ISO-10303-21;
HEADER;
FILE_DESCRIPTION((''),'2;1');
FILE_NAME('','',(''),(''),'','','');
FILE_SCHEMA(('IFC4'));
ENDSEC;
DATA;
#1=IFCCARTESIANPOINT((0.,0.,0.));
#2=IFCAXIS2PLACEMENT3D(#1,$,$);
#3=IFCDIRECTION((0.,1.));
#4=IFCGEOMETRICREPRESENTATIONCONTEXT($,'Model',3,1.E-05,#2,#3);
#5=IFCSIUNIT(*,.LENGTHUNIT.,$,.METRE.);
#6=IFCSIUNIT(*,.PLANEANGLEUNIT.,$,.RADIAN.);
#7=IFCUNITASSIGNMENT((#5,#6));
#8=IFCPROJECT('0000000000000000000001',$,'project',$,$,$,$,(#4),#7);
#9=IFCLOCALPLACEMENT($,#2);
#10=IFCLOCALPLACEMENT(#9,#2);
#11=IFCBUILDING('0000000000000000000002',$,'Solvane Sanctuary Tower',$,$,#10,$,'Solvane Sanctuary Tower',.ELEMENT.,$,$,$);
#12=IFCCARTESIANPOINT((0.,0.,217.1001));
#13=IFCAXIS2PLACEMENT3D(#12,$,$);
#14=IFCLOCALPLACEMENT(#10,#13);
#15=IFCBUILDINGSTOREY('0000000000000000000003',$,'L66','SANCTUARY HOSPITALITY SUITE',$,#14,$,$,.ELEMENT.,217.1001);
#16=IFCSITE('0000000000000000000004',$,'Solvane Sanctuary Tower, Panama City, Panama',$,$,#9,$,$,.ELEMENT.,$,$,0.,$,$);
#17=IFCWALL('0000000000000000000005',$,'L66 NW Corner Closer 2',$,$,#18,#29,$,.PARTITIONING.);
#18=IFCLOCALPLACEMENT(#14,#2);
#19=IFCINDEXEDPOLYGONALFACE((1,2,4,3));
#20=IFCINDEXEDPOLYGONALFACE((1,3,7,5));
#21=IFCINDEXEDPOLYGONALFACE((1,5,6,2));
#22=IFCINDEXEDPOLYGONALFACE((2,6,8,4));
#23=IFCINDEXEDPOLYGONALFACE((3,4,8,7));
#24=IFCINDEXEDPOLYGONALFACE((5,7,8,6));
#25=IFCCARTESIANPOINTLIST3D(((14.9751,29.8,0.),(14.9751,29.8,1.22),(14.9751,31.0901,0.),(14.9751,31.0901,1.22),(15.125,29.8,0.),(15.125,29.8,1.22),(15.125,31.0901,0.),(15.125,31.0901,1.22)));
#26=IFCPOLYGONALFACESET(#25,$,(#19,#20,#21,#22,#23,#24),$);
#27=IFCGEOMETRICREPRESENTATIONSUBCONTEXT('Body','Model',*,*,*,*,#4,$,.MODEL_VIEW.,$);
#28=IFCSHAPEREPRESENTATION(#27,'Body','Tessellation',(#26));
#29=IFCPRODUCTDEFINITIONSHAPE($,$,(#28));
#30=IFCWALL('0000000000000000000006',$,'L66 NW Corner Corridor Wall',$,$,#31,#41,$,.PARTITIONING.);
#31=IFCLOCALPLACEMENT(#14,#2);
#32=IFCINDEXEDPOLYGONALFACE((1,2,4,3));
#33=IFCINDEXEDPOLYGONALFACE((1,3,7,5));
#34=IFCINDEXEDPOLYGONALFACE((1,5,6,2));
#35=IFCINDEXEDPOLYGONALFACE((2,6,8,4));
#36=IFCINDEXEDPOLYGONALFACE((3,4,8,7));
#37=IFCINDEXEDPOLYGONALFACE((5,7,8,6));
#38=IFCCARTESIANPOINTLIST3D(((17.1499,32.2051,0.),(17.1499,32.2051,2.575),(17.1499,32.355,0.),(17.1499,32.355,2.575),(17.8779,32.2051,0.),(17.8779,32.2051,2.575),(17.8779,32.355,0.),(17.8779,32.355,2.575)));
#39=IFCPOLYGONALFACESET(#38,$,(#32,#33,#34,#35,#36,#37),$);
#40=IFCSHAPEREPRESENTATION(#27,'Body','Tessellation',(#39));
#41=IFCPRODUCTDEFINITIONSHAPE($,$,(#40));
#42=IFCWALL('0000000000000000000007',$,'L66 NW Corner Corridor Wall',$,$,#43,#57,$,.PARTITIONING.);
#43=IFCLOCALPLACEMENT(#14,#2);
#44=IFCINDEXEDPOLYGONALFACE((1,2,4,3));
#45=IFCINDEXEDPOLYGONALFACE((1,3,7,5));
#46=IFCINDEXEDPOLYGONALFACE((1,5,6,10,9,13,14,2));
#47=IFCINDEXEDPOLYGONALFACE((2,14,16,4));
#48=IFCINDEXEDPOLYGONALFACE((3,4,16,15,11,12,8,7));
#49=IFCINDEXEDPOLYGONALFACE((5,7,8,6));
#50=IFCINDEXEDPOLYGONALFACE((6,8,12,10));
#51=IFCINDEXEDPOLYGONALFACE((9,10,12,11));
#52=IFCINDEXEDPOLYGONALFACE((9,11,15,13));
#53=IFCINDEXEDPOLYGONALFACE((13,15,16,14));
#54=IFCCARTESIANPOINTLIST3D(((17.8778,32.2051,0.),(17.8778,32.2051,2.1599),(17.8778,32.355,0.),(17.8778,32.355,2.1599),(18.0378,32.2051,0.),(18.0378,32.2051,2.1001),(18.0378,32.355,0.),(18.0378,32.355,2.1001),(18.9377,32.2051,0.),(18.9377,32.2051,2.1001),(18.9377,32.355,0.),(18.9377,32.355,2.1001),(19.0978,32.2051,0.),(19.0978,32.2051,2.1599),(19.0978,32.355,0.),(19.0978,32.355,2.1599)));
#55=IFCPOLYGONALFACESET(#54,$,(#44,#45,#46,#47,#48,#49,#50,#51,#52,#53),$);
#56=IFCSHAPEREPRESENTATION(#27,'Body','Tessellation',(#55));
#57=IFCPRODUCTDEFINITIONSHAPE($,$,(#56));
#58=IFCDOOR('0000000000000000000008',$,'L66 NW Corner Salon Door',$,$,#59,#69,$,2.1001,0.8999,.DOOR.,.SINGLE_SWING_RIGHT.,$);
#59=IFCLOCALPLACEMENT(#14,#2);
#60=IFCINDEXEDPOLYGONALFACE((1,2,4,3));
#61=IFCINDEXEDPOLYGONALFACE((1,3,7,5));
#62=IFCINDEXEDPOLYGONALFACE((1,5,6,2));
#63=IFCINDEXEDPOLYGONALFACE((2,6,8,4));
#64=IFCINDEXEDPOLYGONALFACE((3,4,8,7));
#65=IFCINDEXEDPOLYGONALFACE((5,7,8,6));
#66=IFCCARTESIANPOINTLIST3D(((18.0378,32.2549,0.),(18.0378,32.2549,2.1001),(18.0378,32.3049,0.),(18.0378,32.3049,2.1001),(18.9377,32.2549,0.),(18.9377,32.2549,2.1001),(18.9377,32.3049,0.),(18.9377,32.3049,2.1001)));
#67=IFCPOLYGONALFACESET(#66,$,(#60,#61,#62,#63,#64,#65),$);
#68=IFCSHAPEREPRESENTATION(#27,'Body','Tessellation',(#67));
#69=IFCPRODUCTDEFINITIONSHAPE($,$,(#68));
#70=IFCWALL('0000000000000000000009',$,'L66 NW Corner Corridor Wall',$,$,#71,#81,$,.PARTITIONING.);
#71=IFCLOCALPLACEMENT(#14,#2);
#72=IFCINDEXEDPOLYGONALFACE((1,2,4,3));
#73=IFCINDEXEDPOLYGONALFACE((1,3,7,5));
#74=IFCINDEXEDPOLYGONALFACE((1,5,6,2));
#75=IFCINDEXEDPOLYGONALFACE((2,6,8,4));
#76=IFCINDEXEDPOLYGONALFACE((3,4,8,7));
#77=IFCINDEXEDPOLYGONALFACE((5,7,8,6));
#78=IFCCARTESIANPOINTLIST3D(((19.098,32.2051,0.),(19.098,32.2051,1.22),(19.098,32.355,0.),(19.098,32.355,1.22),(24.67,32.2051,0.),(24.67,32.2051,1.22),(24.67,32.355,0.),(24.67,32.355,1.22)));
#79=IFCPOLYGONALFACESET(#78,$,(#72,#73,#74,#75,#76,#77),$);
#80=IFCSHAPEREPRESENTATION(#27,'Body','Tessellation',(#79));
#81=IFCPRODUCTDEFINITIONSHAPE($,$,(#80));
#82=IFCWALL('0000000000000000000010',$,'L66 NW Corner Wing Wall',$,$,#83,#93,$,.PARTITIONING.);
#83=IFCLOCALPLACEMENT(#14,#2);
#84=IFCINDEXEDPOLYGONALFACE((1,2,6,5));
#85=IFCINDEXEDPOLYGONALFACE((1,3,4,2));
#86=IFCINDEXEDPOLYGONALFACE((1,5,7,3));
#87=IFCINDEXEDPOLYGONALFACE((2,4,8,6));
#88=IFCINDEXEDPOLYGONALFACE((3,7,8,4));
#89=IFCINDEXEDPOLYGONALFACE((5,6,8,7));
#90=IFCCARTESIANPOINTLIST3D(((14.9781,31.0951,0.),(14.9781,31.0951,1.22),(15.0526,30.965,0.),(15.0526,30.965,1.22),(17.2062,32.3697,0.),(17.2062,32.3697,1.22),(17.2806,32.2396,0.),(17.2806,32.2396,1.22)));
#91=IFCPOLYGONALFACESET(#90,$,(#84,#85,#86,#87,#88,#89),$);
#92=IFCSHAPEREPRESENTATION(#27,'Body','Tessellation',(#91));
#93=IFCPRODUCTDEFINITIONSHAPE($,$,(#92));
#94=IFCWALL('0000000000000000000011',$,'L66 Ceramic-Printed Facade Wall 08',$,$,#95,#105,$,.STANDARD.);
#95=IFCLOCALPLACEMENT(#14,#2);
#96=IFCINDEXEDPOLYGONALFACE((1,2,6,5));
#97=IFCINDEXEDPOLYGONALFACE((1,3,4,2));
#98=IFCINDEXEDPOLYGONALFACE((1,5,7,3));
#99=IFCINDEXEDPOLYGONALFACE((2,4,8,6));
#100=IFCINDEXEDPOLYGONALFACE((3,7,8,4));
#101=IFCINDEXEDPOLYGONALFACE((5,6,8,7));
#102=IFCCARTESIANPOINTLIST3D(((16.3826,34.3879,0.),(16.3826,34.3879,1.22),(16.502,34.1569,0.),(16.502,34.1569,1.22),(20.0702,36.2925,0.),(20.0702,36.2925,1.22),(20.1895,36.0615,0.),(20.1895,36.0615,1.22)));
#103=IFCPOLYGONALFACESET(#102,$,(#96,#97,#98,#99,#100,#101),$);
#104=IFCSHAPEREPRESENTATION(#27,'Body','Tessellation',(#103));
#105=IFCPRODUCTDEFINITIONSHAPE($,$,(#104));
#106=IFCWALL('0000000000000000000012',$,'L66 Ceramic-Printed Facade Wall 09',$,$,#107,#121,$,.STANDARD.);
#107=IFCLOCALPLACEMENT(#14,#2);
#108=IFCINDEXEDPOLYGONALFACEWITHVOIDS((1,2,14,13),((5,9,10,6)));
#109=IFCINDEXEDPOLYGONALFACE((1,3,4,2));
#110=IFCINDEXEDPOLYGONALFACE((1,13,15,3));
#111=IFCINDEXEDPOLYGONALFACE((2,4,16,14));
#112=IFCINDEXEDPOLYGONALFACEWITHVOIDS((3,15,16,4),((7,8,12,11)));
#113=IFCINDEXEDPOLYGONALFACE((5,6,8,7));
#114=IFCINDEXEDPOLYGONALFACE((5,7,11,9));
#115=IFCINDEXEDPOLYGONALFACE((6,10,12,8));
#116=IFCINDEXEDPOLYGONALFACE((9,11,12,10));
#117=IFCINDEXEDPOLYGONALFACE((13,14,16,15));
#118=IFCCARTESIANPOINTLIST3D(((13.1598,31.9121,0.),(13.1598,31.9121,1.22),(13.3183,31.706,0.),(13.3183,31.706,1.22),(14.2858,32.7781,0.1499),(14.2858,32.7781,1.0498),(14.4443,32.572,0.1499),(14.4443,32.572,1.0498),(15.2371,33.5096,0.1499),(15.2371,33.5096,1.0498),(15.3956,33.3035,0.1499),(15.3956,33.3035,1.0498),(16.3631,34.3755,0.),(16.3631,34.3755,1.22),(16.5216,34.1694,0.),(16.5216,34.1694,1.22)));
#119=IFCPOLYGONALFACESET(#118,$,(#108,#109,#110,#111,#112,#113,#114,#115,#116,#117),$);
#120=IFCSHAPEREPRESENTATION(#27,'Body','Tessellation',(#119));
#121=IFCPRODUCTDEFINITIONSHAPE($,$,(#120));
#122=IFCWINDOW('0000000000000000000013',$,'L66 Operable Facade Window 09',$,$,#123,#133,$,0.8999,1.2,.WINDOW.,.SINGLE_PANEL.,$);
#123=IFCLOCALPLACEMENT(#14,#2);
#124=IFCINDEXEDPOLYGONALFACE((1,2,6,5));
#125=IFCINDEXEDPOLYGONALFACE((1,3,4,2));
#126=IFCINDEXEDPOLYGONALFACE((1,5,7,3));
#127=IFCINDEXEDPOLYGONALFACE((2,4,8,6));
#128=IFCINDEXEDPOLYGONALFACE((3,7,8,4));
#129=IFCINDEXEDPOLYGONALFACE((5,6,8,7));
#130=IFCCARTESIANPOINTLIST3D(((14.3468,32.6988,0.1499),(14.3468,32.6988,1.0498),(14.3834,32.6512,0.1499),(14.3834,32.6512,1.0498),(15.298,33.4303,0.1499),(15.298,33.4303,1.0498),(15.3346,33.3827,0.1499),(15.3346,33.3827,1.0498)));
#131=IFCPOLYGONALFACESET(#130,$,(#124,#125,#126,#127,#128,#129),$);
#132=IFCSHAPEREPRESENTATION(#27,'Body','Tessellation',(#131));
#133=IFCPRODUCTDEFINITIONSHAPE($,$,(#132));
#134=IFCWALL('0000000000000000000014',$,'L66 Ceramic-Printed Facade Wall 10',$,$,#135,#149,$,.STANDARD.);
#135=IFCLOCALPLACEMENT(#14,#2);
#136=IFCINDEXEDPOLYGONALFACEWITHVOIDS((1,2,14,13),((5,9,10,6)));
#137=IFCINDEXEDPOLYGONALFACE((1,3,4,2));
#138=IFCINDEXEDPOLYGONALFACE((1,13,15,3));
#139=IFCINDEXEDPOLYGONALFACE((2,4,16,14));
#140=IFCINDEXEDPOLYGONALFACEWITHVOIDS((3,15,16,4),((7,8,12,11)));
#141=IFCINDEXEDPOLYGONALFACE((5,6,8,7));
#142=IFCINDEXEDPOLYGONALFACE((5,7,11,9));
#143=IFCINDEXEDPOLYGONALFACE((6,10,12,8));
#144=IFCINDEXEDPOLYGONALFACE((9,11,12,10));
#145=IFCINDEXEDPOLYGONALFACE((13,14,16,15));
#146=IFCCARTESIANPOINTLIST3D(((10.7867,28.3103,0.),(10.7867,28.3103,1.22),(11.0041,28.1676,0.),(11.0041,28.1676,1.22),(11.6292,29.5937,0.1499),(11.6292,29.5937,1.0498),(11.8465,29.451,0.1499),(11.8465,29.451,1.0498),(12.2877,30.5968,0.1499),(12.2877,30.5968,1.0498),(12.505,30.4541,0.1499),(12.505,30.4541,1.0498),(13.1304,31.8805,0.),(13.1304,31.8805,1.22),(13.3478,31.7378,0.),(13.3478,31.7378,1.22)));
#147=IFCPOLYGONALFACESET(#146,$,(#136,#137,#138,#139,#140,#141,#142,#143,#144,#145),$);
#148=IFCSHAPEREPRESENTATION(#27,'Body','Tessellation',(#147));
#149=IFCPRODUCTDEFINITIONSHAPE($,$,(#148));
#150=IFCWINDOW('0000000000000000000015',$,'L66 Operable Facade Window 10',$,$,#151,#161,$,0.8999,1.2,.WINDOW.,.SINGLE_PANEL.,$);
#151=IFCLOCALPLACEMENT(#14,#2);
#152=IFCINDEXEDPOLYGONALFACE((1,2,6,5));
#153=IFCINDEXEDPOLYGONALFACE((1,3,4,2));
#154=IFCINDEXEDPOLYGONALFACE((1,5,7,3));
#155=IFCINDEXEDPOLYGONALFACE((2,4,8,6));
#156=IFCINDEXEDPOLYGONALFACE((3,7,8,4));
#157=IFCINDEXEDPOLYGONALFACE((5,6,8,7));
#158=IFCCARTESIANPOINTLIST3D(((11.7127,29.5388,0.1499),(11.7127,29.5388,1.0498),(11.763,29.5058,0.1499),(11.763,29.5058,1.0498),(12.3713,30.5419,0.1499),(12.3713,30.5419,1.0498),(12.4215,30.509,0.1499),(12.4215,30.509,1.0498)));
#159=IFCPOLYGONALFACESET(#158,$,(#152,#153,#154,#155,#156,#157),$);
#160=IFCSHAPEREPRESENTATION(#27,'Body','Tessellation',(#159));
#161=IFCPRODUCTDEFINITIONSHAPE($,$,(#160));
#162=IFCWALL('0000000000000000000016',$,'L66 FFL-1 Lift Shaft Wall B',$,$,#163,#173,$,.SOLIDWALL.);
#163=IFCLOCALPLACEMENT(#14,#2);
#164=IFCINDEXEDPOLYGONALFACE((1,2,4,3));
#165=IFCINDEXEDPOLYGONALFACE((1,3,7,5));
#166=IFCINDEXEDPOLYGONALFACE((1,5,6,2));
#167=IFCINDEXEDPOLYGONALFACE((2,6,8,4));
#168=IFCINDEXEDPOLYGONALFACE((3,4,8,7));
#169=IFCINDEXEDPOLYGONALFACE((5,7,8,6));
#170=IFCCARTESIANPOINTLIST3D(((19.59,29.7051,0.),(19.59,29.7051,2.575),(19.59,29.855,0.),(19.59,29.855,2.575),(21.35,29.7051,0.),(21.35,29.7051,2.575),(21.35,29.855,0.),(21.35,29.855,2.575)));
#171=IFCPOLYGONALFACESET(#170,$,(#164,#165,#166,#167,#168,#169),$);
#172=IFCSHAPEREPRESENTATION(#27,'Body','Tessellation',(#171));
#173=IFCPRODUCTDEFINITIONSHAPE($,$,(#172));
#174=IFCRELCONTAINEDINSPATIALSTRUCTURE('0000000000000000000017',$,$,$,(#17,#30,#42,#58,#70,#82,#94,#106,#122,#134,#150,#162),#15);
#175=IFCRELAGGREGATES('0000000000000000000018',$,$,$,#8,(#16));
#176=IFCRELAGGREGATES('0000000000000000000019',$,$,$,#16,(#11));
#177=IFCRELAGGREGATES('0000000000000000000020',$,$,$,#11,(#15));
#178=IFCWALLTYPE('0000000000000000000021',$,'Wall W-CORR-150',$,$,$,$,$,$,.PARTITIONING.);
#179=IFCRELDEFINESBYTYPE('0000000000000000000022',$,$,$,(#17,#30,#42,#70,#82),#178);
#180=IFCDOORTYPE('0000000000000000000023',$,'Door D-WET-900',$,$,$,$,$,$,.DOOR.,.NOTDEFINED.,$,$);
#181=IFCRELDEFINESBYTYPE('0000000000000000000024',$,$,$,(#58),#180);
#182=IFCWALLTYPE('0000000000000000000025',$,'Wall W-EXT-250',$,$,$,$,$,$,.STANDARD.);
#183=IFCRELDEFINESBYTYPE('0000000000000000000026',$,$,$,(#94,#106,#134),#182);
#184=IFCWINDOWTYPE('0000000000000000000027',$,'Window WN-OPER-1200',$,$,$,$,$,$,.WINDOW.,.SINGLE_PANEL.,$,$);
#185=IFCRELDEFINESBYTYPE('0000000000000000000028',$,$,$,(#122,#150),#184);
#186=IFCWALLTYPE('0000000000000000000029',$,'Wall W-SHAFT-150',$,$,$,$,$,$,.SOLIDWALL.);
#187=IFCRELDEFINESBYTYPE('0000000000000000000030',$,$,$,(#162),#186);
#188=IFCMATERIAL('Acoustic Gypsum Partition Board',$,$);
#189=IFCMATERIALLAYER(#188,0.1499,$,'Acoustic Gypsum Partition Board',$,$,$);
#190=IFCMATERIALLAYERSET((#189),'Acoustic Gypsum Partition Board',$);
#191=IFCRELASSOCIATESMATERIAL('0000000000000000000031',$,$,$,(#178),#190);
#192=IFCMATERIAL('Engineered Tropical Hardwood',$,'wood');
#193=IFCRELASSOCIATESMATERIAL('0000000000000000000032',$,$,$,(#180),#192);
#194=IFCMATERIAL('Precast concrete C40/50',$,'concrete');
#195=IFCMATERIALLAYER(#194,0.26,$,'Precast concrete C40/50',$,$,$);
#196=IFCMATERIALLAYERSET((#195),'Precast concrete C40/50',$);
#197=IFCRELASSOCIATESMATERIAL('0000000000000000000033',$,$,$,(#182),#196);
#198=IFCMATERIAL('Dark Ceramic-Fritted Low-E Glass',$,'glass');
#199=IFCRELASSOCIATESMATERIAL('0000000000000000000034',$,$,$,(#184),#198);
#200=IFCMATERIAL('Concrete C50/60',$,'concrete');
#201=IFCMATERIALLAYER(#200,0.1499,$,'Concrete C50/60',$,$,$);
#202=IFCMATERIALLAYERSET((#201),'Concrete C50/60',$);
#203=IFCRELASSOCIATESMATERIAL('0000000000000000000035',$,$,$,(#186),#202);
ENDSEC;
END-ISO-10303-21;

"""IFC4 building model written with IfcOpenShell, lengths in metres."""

from ifc_helpers import new_model, si_unit, direction, frame, frame_2d, origin, place, context, subcontext, project, spatial, rectangle, extrude, material, layer, layer_set, type_object, element, fill, save


model = new_model("IFC4")

# Units and contexts
model_context = context("Model", 3, precision=1e-05, world=origin(), true_north=direction((0.0, 1.0)))
body_context = subcontext(model_context, "Body", "Model", "MODEL_VIEW")
ifc_project = project(units=[si_unit("LENGTHUNIT", "METRE"), si_unit("PLANEANGLEUNIT", "RADIAN")], contexts=[model_context])

# Site, building, storey
site_placement = place(None, origin())
site = spatial("IfcSite", under=ifc_project, at=site_placement, Name="Solvane Sanctuary Tower, Panama City, Panama", CompositionType="ELEMENT", RefElevation=0.0)
building_placement = place(site_placement, origin())
building = spatial("IfcBuilding", under=site, at=building_placement, Name="Solvane Sanctuary Tower", LongName="Solvane Sanctuary Tower", CompositionType="ELEMENT")
storey_placement = place(building_placement, frame((0.0, 0.0, 217.1001)))
storey = spatial("IfcBuildingStorey", under=building, at=storey_placement, Name="L66", Description="SANCTUARY HOSPITALITY SUITE", CompositionType="ELEMENT", Elevation=217.1001)

# Shared definitions
ifc_material_1 = material(Name="Concrete C50/60", Category="concrete")

# Walls
ifc_material_2 = material(Name="Acoustic Gypsum Partition Board")
ifc_layer_1 = layer(ifc_material_2, 0.1499, Name="Acoustic Gypsum Partition Board")
ifc_layer_set_1 = layer_set([ifc_layer_1], Name="Acoustic Gypsum Partition Board")
wall_type_1 = type_object("IfcWallType", Name="Wall W-CORR-150", PredefinedType="PARTITIONING", material=ifc_layer_set_1)
wall_1_placement = place(storey_placement, frame((15.05, 29.8, 0.0), z_axis=(0.0, 0.0, 1.0), x_axis=(0.0, 1.0, 0.0)))
element("IfcWall", 1, at=wall_1_placement, inside=storey, type_object=wall_type_1, Name="L66 NW Corner Closer 2", PredefinedType="PARTITIONING", context=body_context, shape_type="SweptSolid", body=[
    extrude(rectangle(XDim=1.29, YDim=0.1499, at=frame_2d((0.645, 0.0))), origin(), (0.0, 0.0, 1.0), 1.22),
])
wall_2_placement = place(storey_placement, frame((17.1499, 32.28, 0.0), z_axis=(0.0, 0.0, 1.0), x_axis=(1.0, 0.0, 0.0)))
element("IfcWall", 2, at=wall_2_placement, inside=storey, type_object=wall_type_1, Name="L66 NW Corner Corridor Wall", PredefinedType="PARTITIONING", context=body_context, shape_type="SweptSolid", body=[
    extrude(rectangle(XDim=0.728, YDim=0.1499, at=frame_2d((0.364, 0.0))), origin(), (0.0, 0.0, 1.0), 2.575),
])

# Wall, opening, door
wall_3_placement = place(storey_placement, frame((17.8779, 32.28, 0.0), z_axis=(0.0, 0.0, 1.0), x_axis=(1.0, 0.0, 0.0)))
wall_3 = element("IfcWall", 3, at=wall_3_placement, inside=storey, type_object=wall_type_1, Name="L66 NW Corner Corridor Wall", PredefinedType="PARTITIONING", context=body_context, shape_type="SweptSolid", body=[
    extrude(rectangle(XDim=1.22, YDim=0.1499, at=frame_2d((0.6099, 0.0))), origin(), (0.0, 0.0, 1.0), 2.1599),
])
opening_1_placement = place(wall_3_placement, frame((0.1599, 0.0, 0.0)))
opening_1 = element("IfcOpeningElement", 4, at=opening_1_placement, cuts=wall_3, PredefinedType="OPENING", context=body_context, shape_type="SweptSolid", body=[
    extrude(rectangle(XDim=0.8999, YDim=2.1001, at=frame_2d((0.45, 1.05))), frame((0.0, 0.085, 0.0), z_axis=(0.0, -1.0, 0.0), x_axis=(1.0, 0.0, 0.0)), (0.0, 0.0, 1.0), 0.1699),
])
ifc_material_3 = material(Name="Engineered Tropical Hardwood", Category="wood")
door_type_1 = type_object("IfcDoorType", Name="Door D-WET-900", OperationType="NOTDEFINED", PredefinedType="DOOR", material=ifc_material_3)
door_1_placement = place(opening_1_placement, origin())
door_1 = element("IfcDoor", 5, at=door_1_placement, inside=storey, type_object=door_type_1, Name="L66 NW Corner Salon Door", OperationType="SINGLE_SWING_RIGHT", OverallHeight=2.1001, OverallWidth=0.8999, PredefinedType="DOOR", context=body_context, shape_type="SweptSolid", body=[
    extrude(rectangle(XDim=0.8999, YDim=2.1001, at=frame_2d((0.45, 1.05))), frame((0.0, 0.0249, 0.0), z_axis=(0.0, -1.0, 0.0), x_axis=(1.0, 0.0, 0.0)), (0.0, 0.0, 1.0), 0.05),
])
fill(opening_1, door_1)

# Walls
wall_4_placement = place(storey_placement, frame((19.0979, 32.28, 0.0), z_axis=(0.0, 0.0, 1.0), x_axis=(1.0, 0.0, 0.0)))
element("IfcWall", 6, at=wall_4_placement, inside=storey, type_object=wall_type_1, Name="L66 NW Corner Corridor Wall", PredefinedType="PARTITIONING", context=body_context, shape_type="SweptSolid", body=[
    extrude(rectangle(XDim=5.572, YDim=0.1499, at=frame_2d((2.7861, 0.0))), origin(), (0.0, 0.0, 1.0), 1.22),
])
wall_5_placement = place(storey_placement, frame((17.2434, 32.3047, 0.0), z_axis=(0.0, 0.0, 1.0), x_axis=(-0.867991, -0.496579, 0.0)))
element("IfcWall", 7, at=wall_5_placement, inside=storey, type_object=wall_type_1, Name="L66 NW Corner Wing Wall", PredefinedType="PARTITIONING", context=body_context, shape_type="SweptSolid", body=[
    extrude(rectangle(XDim=2.5669, YDim=0.1499, at=frame_2d((1.2834, 0.0))), origin(), (0.0, 0.0, 1.0), 1.22),
])
ifc_material_4 = material(Name="Precast concrete C40/50", Category="concrete")
ifc_layer_2 = layer(ifc_material_4, 0.26, Name="Precast concrete C40/50")
ifc_layer_set_2 = layer_set([ifc_layer_2], Name="Precast concrete C40/50")
wall_type_2 = type_object("IfcWallType", Name="Wall W-EXT-250", PredefinedType="STANDARD", material=ifc_layer_set_2)
wall_6_placement = place(storey_placement, frame((20.1299, 36.177, 0.0), z_axis=(0.0, 0.0, 1.0), x_axis=(-0.888491, -0.458893, 0.0)))
element("IfcWall", 8, at=wall_6_placement, inside=storey, type_object=wall_type_2, Name="L66 Ceramic-Printed Facade Wall 08", PredefinedType="STANDARD", context=body_context, shape_type="SweptSolid", body=[
    extrude(rectangle(XDim=4.1504, YDim=0.26, at=frame_2d((2.0752, 0.0))), origin(), (0.0, 0.0, 1.0), 1.22),
])

# Walls, openings, windows
wall_7_placement = place(storey_placement, frame((16.4424, 34.2725, 0.0), z_axis=(0.0, 0.0, 1.0), x_axis=(-0.792714, -0.609594, 0.0)))
wall_7 = element("IfcWall", 9, at=wall_7_placement, inside=storey, type_object=wall_type_2, Name="L66 Ceramic-Printed Facade Wall 09", PredefinedType="STANDARD", context=body_context, shape_type="SweptSolid", body=[
    extrude(rectangle(XDim=4.041, YDim=0.26, at=frame_2d((2.0205, 0.0))), origin(), (0.0, 0.0, 1.0), 1.22),
])
opening_2_placement = place(wall_7_placement, frame((1.4204, 0.0, 0.1499)))
opening_2 = element("IfcOpeningElement", 10, at=opening_2_placement, cuts=wall_7, PredefinedType="OPENING", context=body_context, shape_type="SweptSolid", body=[
    extrude(rectangle(XDim=1.2, YDim=0.8999, at=frame_2d((0.6001, 0.45))), frame((0.0, 0.1399, 0.0), z_axis=(0.0, -1.0, 0.0), x_axis=(1.0, 0.0, 0.0)), (0.0, 0.0, 1.0), 0.28),
])
ifc_material_5 = material(Name="Dark Ceramic-Fritted Low-E Glass", Category="glass")
window_type = type_object("IfcWindowType", Name="Window WN-OPER-1200", PartitioningType="SINGLE_PANEL", PredefinedType="WINDOW", material=ifc_material_5)
window_1_placement = place(opening_2_placement, origin())
window_1 = element("IfcWindow", 11, at=window_1_placement, inside=storey, type_object=window_type, Name="L66 Operable Facade Window 09", OverallHeight=0.8999, OverallWidth=1.2, PartitioningType="SINGLE_PANEL", PredefinedType="WINDOW", context=body_context, shape_type="SweptSolid", body=[
    extrude(rectangle(XDim=1.2, YDim=0.8999, at=frame_2d((0.6001, 0.45))), frame((0.0, 0.03, 0.0), z_axis=(0.0, -1.0, 0.0), x_axis=(1.0, 0.0, 0.0)), (0.0, 0.0, 1.0), 0.0601),
])
fill(opening_2, window_1)
wall_8_placement = place(storey_placement, frame((13.239, 31.8091, 0.0), z_axis=(0.0, 0.0, 1.0), x_axis=(-0.548776, -0.835969, 0.0)))
wall_8 = element("IfcWall", 12, at=wall_8_placement, inside=storey, type_object=wall_type_2, Name="L66 Ceramic-Printed Facade Wall 10", PredefinedType="STANDARD", context=body_context, shape_type="SweptSolid", body=[
    extrude(rectangle(XDim=4.2708, YDim=0.26, at=frame_2d((2.1353, 0.0))), origin(), (0.0, 0.0, 1.0), 1.22),
])
opening_3_placement = place(wall_8_placement, frame((1.5354, 0.0, 0.1499)))
opening_3 = element("IfcOpeningElement", 13, at=opening_3_placement, cuts=wall_8, PredefinedType="OPENING", context=body_context, shape_type="SweptSolid", body=[
    extrude(rectangle(XDim=1.2, YDim=0.8999, at=frame_2d((0.6001, 0.45))), frame((0.0, 0.1399, 0.0), z_axis=(0.0, -1.0, 0.0), x_axis=(1.0, 0.0, 0.0)), (0.0, 0.0, 1.0), 0.28),
])
window_2_placement = place(opening_3_placement, origin())
window_2 = element("IfcWindow", 14, at=window_2_placement, inside=storey, type_object=window_type, Name="L66 Operable Facade Window 10", OverallHeight=0.8999, OverallWidth=1.2, PartitioningType="SINGLE_PANEL", PredefinedType="WINDOW", context=body_context, shape_type="SweptSolid", body=[
    extrude(rectangle(XDim=1.2, YDim=0.8999, at=frame_2d((0.6001, 0.45))), frame((0.0, 0.03, 0.0), z_axis=(0.0, -1.0, 0.0), x_axis=(1.0, 0.0, 0.0)), (0.0, 0.0, 1.0), 0.0601),
])
fill(opening_3, window_2)

# Wall
ifc_layer_3 = layer(ifc_material_1, 0.1499, Name="Concrete C50/60")
ifc_layer_set_3 = layer_set([ifc_layer_3], Name="Concrete C50/60")
wall_type_3 = type_object("IfcWallType", Name="Wall W-SHAFT-150", PredefinedType="SOLIDWALL", material=ifc_layer_set_3)
for number, where, z_axis, x_axis, name in (
    (15, (19.5901, 29.78, 0.0), (0.0, 0.0, 1.0), (1.0, 0.0, 0.0), "L66 FFL-1 Lift Shaft Wall B"),
):
    element("IfcWall", number, at=place(storey_placement, frame(where, z_axis=z_axis, x_axis=x_axis)), inside=storey, type_object=wall_type_3, Name=name, PredefinedType="SOLIDWALL", context=body_context, shape_type="SweptSolid", body=[
        extrude(rectangle(XDim=1.76, YDim=0.1499, at=frame_2d((0.8799, 0.0))), origin(), (0.0, 0.0, 1.0), 2.575),
    ])

save(model, "model.ifc")
